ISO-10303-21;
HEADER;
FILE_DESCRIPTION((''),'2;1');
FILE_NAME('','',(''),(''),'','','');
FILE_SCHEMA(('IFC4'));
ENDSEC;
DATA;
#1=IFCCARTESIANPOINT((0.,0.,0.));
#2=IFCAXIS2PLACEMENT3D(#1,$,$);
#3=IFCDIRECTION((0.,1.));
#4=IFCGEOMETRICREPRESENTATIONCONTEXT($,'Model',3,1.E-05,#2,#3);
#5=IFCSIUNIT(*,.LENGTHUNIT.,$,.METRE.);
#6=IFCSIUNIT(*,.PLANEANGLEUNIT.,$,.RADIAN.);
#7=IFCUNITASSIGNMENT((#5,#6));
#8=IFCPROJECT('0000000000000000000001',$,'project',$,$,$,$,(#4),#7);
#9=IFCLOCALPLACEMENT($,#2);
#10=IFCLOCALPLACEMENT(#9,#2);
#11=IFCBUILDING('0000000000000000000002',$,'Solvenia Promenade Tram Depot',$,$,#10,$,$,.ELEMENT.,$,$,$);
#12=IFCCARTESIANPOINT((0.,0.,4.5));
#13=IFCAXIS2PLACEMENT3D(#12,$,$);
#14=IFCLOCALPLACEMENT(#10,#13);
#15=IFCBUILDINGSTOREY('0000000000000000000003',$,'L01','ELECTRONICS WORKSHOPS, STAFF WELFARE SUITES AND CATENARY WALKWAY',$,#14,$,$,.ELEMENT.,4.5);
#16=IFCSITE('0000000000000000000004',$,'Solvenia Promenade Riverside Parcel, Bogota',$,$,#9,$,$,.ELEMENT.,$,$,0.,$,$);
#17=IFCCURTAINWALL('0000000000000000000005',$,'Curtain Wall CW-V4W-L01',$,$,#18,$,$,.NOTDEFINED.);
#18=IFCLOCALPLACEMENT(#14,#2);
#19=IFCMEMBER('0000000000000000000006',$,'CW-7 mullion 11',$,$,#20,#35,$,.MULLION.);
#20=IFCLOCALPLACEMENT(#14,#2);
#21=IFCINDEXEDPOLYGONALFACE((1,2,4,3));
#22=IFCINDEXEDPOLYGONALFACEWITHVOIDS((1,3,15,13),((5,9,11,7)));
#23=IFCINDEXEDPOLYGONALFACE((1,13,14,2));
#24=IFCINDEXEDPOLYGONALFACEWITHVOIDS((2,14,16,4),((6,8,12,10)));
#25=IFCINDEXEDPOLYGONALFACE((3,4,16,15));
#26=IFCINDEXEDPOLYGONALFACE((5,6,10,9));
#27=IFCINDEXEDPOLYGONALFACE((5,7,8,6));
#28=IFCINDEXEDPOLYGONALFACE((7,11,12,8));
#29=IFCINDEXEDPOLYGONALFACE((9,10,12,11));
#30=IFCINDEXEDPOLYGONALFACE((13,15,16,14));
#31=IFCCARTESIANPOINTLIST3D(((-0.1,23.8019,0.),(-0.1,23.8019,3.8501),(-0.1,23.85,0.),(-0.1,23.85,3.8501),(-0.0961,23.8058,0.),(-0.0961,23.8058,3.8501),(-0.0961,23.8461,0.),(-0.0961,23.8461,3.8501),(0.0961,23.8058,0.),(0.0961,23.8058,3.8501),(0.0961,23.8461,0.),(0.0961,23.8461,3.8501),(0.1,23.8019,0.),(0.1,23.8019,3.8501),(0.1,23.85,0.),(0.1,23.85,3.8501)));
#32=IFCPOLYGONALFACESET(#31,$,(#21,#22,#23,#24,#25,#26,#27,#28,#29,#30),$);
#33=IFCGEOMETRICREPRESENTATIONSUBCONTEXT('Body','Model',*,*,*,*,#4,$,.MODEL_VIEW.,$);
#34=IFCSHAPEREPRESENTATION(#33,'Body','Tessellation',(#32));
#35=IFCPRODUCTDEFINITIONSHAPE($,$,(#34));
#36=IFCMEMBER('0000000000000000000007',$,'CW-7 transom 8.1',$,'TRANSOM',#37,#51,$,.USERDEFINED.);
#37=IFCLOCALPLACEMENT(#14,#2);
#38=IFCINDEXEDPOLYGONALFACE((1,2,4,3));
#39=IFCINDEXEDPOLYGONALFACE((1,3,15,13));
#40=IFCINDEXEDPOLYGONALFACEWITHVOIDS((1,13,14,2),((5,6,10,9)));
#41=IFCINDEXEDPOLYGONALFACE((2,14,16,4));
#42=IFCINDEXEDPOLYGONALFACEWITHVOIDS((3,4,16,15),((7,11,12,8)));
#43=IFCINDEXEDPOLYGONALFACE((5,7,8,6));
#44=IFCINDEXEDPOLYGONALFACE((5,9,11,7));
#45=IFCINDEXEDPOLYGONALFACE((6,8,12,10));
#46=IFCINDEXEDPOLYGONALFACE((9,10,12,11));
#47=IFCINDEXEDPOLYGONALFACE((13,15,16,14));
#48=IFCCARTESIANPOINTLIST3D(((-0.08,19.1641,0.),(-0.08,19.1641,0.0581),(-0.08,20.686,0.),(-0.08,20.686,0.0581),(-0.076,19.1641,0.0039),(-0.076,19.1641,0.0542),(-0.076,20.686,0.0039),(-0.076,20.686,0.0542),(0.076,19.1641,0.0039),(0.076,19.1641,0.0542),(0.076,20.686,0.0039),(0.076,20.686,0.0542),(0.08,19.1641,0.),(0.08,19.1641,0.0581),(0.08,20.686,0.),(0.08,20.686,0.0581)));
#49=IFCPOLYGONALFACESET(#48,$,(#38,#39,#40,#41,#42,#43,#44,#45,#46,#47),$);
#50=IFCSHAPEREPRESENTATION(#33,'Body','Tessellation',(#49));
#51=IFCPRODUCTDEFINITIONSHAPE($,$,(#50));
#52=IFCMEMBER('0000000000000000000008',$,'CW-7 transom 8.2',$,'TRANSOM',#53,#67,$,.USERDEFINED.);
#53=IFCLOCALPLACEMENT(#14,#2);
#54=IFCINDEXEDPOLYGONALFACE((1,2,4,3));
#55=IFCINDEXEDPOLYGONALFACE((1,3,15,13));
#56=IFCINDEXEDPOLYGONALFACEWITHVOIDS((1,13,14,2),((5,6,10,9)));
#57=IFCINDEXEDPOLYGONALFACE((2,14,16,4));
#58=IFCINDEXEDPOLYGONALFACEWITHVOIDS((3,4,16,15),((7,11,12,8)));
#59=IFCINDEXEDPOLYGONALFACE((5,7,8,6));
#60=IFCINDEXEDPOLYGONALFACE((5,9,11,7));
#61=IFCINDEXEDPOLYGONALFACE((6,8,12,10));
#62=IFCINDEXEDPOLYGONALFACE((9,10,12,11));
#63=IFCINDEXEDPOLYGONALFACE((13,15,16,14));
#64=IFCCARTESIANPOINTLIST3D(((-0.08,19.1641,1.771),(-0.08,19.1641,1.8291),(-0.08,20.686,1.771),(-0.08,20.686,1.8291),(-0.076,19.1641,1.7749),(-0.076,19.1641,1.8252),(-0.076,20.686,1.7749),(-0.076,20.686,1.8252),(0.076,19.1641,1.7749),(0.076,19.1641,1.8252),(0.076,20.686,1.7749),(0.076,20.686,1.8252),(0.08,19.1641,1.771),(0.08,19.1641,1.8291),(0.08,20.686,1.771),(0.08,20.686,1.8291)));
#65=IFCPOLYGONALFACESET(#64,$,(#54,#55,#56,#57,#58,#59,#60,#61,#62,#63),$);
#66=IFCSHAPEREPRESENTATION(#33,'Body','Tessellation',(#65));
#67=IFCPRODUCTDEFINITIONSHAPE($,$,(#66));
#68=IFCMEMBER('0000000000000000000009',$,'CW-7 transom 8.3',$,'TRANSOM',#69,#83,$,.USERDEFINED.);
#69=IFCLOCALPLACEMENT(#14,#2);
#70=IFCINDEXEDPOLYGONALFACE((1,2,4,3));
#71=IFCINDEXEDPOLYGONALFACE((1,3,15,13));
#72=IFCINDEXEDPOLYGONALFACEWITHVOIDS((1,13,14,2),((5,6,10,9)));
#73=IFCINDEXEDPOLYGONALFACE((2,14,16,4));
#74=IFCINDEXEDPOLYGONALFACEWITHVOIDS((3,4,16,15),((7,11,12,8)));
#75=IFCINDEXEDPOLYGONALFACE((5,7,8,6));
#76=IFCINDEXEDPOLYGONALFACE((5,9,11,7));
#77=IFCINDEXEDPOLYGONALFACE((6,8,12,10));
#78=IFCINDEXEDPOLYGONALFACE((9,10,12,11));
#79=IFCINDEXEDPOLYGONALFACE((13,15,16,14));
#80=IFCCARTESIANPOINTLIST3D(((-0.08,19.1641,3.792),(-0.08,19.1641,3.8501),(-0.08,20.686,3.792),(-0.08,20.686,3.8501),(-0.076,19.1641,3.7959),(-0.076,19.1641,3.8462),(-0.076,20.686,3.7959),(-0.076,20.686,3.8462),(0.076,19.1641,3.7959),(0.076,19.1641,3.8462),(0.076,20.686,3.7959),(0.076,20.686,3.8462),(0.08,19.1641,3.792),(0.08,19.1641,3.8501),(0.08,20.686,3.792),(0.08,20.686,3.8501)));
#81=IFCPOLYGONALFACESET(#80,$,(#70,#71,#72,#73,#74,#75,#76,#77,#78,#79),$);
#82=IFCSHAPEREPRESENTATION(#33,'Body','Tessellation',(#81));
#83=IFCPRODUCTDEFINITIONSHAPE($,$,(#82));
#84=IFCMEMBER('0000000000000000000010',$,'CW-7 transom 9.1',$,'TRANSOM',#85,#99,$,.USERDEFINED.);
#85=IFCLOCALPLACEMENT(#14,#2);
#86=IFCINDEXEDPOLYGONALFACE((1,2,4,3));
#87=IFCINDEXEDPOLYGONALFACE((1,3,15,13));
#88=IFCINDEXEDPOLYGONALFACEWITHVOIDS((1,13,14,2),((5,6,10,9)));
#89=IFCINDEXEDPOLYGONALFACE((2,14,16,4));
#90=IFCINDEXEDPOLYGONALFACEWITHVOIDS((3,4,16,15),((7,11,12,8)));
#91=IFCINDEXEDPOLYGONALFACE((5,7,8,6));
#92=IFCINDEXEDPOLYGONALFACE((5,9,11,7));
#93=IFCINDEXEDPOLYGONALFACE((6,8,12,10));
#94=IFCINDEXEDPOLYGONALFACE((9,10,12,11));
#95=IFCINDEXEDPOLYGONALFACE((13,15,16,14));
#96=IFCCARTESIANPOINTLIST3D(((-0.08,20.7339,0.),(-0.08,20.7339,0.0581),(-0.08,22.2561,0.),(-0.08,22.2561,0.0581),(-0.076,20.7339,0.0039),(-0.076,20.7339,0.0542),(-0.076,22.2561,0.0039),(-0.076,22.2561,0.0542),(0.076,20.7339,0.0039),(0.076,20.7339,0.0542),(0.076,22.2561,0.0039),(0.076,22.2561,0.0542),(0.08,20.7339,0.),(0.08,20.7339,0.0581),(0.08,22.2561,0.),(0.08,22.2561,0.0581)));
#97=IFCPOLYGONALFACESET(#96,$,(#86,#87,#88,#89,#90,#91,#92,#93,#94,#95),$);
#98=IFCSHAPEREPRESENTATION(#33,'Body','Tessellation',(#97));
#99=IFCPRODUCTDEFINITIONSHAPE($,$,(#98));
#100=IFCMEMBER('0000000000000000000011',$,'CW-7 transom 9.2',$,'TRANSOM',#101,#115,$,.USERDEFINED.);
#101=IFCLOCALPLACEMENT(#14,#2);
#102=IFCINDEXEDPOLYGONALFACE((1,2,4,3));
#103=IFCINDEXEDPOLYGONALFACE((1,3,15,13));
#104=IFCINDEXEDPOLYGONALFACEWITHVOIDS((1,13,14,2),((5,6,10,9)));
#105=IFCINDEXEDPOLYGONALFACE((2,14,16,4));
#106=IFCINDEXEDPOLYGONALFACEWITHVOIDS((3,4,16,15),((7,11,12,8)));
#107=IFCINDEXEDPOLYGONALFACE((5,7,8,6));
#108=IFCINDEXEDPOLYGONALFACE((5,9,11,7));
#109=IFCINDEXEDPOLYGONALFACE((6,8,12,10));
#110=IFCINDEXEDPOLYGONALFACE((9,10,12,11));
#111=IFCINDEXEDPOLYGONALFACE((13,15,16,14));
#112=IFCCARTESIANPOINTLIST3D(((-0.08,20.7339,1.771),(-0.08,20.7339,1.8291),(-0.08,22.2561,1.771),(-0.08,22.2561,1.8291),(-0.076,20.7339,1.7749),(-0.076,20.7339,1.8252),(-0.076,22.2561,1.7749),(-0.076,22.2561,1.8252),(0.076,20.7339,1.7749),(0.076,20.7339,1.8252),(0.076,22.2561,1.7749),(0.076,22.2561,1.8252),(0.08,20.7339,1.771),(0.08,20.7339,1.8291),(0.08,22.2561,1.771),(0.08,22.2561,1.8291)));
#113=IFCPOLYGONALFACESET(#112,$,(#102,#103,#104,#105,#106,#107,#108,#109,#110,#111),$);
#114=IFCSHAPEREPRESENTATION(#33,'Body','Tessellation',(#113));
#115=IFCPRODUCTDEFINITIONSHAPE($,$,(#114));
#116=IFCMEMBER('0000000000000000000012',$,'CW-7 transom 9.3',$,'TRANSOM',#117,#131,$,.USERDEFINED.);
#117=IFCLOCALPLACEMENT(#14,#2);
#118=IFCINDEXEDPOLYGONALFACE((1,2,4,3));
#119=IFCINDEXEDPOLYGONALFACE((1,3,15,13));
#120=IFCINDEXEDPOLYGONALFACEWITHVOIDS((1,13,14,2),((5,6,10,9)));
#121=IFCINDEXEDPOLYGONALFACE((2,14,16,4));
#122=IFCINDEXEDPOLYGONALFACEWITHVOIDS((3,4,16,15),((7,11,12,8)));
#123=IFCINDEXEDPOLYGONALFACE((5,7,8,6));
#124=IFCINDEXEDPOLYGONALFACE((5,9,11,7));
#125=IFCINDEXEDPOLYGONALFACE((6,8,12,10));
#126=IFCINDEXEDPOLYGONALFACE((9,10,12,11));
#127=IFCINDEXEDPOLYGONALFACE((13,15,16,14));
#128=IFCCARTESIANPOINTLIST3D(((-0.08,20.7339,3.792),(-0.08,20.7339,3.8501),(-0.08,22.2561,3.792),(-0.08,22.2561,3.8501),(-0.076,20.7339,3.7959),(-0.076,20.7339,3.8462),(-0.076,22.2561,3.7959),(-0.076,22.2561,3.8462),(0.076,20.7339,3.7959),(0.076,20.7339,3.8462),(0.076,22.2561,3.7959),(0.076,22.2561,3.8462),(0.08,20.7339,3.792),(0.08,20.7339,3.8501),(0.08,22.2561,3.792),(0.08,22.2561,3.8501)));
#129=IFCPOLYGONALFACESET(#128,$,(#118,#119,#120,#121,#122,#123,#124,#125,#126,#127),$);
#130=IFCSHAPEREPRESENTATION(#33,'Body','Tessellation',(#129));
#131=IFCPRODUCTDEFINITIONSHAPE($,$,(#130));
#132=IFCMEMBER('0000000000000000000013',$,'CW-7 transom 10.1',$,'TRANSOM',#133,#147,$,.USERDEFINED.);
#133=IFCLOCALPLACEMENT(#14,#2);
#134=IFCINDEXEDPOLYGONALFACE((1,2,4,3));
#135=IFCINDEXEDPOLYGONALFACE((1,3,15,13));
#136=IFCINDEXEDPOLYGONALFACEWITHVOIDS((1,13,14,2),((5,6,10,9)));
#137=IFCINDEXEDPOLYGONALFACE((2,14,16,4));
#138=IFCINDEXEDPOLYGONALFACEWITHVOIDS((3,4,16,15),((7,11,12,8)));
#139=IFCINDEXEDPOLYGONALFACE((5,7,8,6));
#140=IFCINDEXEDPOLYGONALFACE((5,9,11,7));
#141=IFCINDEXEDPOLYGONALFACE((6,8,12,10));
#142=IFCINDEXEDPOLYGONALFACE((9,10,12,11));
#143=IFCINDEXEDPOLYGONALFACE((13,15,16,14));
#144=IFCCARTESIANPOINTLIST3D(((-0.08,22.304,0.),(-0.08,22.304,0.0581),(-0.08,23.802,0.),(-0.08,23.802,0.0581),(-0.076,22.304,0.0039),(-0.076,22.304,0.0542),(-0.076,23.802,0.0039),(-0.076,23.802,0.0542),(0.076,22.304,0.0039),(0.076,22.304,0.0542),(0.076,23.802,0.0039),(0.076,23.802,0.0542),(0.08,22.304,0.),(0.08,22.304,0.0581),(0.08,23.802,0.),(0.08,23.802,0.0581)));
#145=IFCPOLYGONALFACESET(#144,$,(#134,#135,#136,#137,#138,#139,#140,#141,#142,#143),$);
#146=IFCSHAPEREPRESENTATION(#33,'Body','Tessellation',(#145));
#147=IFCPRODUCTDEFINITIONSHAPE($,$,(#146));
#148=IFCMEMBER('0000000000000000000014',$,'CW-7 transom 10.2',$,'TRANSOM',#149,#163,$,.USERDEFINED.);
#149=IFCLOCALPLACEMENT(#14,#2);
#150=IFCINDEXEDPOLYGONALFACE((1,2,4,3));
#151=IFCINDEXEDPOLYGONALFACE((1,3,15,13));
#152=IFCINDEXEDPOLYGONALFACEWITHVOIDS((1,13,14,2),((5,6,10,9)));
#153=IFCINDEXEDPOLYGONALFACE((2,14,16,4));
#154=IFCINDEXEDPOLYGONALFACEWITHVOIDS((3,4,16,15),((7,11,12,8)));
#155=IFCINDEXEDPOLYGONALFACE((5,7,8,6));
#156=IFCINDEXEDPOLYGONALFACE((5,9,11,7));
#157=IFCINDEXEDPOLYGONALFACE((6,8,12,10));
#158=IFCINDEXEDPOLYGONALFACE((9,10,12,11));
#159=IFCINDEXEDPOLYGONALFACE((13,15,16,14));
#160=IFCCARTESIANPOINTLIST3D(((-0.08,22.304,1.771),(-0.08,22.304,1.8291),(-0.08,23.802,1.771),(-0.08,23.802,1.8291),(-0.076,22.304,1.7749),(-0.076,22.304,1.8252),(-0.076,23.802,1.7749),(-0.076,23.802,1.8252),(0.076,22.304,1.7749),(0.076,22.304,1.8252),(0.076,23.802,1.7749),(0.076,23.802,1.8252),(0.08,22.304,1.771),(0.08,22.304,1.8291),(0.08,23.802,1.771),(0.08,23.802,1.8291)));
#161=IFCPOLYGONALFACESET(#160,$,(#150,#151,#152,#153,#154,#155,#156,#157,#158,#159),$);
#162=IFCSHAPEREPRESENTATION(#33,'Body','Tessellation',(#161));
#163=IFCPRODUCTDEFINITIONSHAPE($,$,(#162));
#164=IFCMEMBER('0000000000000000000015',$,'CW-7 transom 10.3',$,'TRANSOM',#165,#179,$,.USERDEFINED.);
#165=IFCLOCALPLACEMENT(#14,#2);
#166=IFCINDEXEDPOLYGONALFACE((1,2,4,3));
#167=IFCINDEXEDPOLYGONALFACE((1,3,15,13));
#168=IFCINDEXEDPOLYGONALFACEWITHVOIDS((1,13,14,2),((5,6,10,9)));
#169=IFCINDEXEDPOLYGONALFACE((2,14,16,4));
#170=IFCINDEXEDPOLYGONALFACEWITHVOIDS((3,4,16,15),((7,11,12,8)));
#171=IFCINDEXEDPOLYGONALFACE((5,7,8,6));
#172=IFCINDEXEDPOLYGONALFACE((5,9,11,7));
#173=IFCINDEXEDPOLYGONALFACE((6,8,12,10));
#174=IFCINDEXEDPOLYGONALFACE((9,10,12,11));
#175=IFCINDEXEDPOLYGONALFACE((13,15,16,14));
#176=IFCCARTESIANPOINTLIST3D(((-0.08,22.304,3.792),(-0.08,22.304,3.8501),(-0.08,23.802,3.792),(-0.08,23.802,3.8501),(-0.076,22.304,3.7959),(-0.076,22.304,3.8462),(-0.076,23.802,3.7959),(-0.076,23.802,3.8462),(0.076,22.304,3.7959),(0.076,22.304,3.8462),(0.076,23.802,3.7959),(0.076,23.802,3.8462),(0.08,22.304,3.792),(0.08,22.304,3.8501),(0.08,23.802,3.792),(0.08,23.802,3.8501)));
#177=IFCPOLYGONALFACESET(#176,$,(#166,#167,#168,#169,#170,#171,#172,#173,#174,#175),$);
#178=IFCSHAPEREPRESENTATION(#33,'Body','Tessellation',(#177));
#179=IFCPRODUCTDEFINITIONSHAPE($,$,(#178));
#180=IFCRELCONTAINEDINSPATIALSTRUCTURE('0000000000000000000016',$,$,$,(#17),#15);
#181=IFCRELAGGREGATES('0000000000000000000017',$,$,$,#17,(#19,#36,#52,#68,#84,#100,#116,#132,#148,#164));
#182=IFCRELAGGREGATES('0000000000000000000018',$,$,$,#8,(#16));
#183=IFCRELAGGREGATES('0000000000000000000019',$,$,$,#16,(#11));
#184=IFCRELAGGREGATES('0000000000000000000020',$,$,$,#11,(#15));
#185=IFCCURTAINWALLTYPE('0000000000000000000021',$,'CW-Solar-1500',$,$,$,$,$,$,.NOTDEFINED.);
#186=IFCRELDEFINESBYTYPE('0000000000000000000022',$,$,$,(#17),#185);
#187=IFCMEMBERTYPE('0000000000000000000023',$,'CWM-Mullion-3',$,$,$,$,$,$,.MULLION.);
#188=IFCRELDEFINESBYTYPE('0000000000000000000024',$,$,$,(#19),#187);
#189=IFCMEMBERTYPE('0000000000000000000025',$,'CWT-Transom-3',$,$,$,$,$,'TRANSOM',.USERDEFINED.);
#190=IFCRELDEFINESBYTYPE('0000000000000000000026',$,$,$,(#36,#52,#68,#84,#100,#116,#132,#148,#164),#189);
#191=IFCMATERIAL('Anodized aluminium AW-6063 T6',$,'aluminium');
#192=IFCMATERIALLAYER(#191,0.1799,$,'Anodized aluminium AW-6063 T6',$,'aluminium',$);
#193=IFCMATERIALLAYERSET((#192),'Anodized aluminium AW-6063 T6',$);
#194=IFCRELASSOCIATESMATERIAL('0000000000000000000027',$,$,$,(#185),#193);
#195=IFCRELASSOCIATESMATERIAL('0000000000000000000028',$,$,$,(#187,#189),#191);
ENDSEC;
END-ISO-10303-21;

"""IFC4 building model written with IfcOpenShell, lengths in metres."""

from ifc_helpers import new_model, si_unit, direction, frame, origin, origin_2d, place, context, subcontext, project, spatial, hollow_rectangle, extrude, material, layer, layer_set, material_profile, profile_set, type_object, element, aggregate, save


model = new_model("IFC4")

# Units and contexts
model_context = context("Model", 3, precision=1e-05, world=origin(), true_north=direction((0.0, 1.0)))
body_context = subcontext(model_context, "Body", "Model", "MODEL_VIEW")
ifc_project = project(units=[si_unit("LENGTHUNIT", "METRE"), si_unit("PLANEANGLEUNIT", "RADIAN")], contexts=[model_context])

# Site, building, storey
site_placement = place(None, origin())
site = spatial("IfcSite", under=ifc_project, at=site_placement, Name="Solvenia Promenade Riverside Parcel, Bogota", CompositionType="ELEMENT", RefElevation=0.0)
building_placement = place(site_placement, origin())
building = spatial("IfcBuilding", under=site, at=building_placement, Name="Solvenia Promenade Tram Depot", CompositionType="ELEMENT")
storey_placement = place(building_placement, frame((0.0, 0.0, 4.5)))
storey = spatial("IfcBuildingStorey", under=building, at=storey_placement, Name="L01", Description="ELECTRONICS WORKSHOPS, STAFF WELFARE SUITES AND CATENARY WALKWAY", CompositionType="ELEMENT", Elevation=4.5)

# Curtain wall, members
ifc_material_1 = material(Name="Anodized aluminium AW-6063 T6", Category="aluminium")
ifc_layer_1 = layer(ifc_material_1, 0.1799, Name="Anodized aluminium AW-6063 T6", Category="aluminium")
ifc_layer_set_1 = layer_set([ifc_layer_1], Name="Anodized aluminium AW-6063 T6")
curtain_wall_type = type_object("IfcCurtainWallType", Name="CW-Solar-1500", PredefinedType="NOTDEFINED", material=ifc_layer_set_1)
curtain_wall_placement = place(storey_placement, origin())
curtain_wall = element("IfcCurtainWall", 1, at=curtain_wall_placement, inside=storey, type_object=curtain_wall_type, Name="Curtain Wall CW-V4W-L01", PredefinedType="NOTDEFINED")
ifc_material_profile_1 = material_profile(ifc_material_1, hollow_rectangle(XDim=0.2, YDim=0.0481, WallThickness=0.0039, at=origin_2d()), Name="ALU-M3", Category="aluminium")
ifc_profile_set_1 = profile_set([ifc_material_profile_1], Name="Anodized aluminium AW-6063 T6")
member_type_1 = type_object("IfcMemberType", Name="CWM-Mullion-3", PredefinedType="MULLION", material=ifc_profile_set_1)
member_1_placement = place(storey_placement, frame((0.0, 23.8259, 0.0), z_axis=(0.0, 0.0, 1.0), x_axis=(-1.0, 0.0, 0.0)))
member_1 = element("IfcMember", 2, at=member_1_placement, type_object=member_type_1, Name="CW-7 mullion 11", PredefinedType="MULLION", context=body_context, shape_type="SweptSolid", body=[
    extrude(hollow_rectangle(XDim=0.2, YDim=0.0481, WallThickness=0.0039, at=origin_2d()), origin(), (0.0, 0.0, 1.0), 3.8501),
])
ifc_material_profile_2 = material_profile(ifc_material_1, hollow_rectangle(XDim=0.1599, YDim=0.0581, WallThickness=0.0039, at=origin_2d()), Name="ALU-T3", Category="aluminium")
ifc_profile_set_2 = profile_set([ifc_material_profile_2], Name="Anodized aluminium AW-6063 T6")
member_type_2 = type_object("IfcMemberType", Name="CWT-Transom-3", ElementType="TRANSOM", PredefinedType="USERDEFINED", material=ifc_profile_set_2)
member_2_placement = place(storey_placement, frame((0.0, 19.1641, 0.0291), z_axis=(0.0, 1.0, 0.0), x_axis=(-1.0, 0.0, 0.0)))
member_2 = element("IfcMember", 3, at=member_2_placement, type_object=member_type_2, Name="CW-7 transom 8.1", ObjectType="TRANSOM", PredefinedType="USERDEFINED", context=body_context, shape_type="SweptSolid", body=[
    extrude(hollow_rectangle(XDim=0.1599, YDim=0.0581, WallThickness=0.0039, at=origin_2d()), origin(), (0.0, 0.0, 1.0), 1.522),
])
member_3_placement = place(storey_placement, frame((0.0, 19.1641, 1.8), z_axis=(0.0, 1.0, 0.0), x_axis=(-1.0, 0.0, 0.0)))
member_3 = element("IfcMember", 4, at=member_3_placement, type_object=member_type_2, Name="CW-7 transom 8.2", ObjectType="TRANSOM", PredefinedType="USERDEFINED", context=body_context, shape_type="SweptSolid", body=[
    extrude(hollow_rectangle(XDim=0.1599, YDim=0.0581, WallThickness=0.0039, at=origin_2d()), origin(), (0.0, 0.0, 1.0), 1.522),
])
member_4_placement = place(storey_placement, frame((0.0, 19.1641, 3.821), z_axis=(0.0, 1.0, 0.0), x_axis=(-1.0, 0.0, 0.0)))
member_4 = element("IfcMember", 5, at=member_4_placement, type_object=member_type_2, Name="CW-7 transom 8.3", ObjectType="TRANSOM", PredefinedType="USERDEFINED", context=body_context, shape_type="SweptSolid", body=[
    extrude(hollow_rectangle(XDim=0.1599, YDim=0.0581, WallThickness=0.0039, at=origin_2d()), origin(), (0.0, 0.0, 1.0), 1.522),
])
member_5_placement = place(storey_placement, frame((0.0, 20.7339, 0.0291), z_axis=(0.0, 1.0, 0.0), x_axis=(-1.0, 0.0, 0.0)))
member_5 = element("IfcMember", 6, at=member_5_placement, type_object=member_type_2, Name="CW-7 transom 9.1", ObjectType="TRANSOM", PredefinedType="USERDEFINED", context=body_context, shape_type="SweptSolid", body=[
    extrude(hollow_rectangle(XDim=0.1599, YDim=0.0581, WallThickness=0.0039, at=origin_2d()), origin(), (0.0, 0.0, 1.0), 1.5222),
])
member_6_placement = place(storey_placement, frame((0.0, 20.7339, 1.8), z_axis=(0.0, 1.0, 0.0), x_axis=(-1.0, 0.0, 0.0)))
member_6 = element("IfcMember", 7, at=member_6_placement, type_object=member_type_2, Name="CW-7 transom 9.2", ObjectType="TRANSOM", PredefinedType="USERDEFINED", context=body_context, shape_type="SweptSolid", body=[
    extrude(hollow_rectangle(XDim=0.1599, YDim=0.0581, WallThickness=0.0039, at=origin_2d()), origin(), (0.0, 0.0, 1.0), 1.5222),
])
member_7_placement = place(storey_placement, frame((0.0, 20.7339, 3.821), z_axis=(0.0, 1.0, 0.0), x_axis=(-1.0, 0.0, 0.0)))
member_7 = element("IfcMember", 8, at=member_7_placement, type_object=member_type_2, Name="CW-7 transom 9.3", ObjectType="TRANSOM", PredefinedType="USERDEFINED", context=body_context, shape_type="SweptSolid", body=[
    extrude(hollow_rectangle(XDim=0.1599, YDim=0.0581, WallThickness=0.0039, at=origin_2d()), origin(), (0.0, 0.0, 1.0), 1.5222),
])
member_8_placement = place(storey_placement, frame((0.0, 22.304, 0.0291), z_axis=(0.0, 1.0, 0.0), x_axis=(-1.0, 0.0, 0.0)))
member_8 = element("IfcMember", 9, at=member_8_placement, type_object=member_type_2, Name="CW-7 transom 10.1", ObjectType="TRANSOM", PredefinedType="USERDEFINED", context=body_context, shape_type="SweptSolid", body=[
    extrude(hollow_rectangle(XDim=0.1599, YDim=0.0581, WallThickness=0.0039, at=origin_2d()), origin(), (0.0, 0.0, 1.0), 1.498),
])
member_9_placement = place(storey_placement, frame((0.0, 22.304, 1.8), z_axis=(0.0, 1.0, 0.0), x_axis=(-1.0, 0.0, 0.0)))
member_9 = element("IfcMember", 10, at=member_9_placement, type_object=member_type_2, Name="CW-7 transom 10.2", ObjectType="TRANSOM", PredefinedType="USERDEFINED", context=body_context, shape_type="SweptSolid", body=[
    extrude(hollow_rectangle(XDim=0.1599, YDim=0.0581, WallThickness=0.0039, at=origin_2d()), origin(), (0.0, 0.0, 1.0), 1.498),
])
member_10_placement = place(storey_placement, frame((0.0, 22.304, 3.821), z_axis=(0.0, 1.0, 0.0), x_axis=(-1.0, 0.0, 0.0)))
member_10 = element("IfcMember", 11, at=member_10_placement, type_object=member_type_2, Name="CW-7 transom 10.3", ObjectType="TRANSOM", PredefinedType="USERDEFINED", context=body_context, shape_type="SweptSolid", body=[
    extrude(hollow_rectangle(XDim=0.1599, YDim=0.0581, WallThickness=0.0039, at=origin_2d()), origin(), (0.0, 0.0, 1.0), 1.498),
])

aggregate(curtain_wall, [member_1, member_2, member_3, member_4, member_5, member_6, member_7, member_8, member_9, member_10])

save(model, "model.ifc")
